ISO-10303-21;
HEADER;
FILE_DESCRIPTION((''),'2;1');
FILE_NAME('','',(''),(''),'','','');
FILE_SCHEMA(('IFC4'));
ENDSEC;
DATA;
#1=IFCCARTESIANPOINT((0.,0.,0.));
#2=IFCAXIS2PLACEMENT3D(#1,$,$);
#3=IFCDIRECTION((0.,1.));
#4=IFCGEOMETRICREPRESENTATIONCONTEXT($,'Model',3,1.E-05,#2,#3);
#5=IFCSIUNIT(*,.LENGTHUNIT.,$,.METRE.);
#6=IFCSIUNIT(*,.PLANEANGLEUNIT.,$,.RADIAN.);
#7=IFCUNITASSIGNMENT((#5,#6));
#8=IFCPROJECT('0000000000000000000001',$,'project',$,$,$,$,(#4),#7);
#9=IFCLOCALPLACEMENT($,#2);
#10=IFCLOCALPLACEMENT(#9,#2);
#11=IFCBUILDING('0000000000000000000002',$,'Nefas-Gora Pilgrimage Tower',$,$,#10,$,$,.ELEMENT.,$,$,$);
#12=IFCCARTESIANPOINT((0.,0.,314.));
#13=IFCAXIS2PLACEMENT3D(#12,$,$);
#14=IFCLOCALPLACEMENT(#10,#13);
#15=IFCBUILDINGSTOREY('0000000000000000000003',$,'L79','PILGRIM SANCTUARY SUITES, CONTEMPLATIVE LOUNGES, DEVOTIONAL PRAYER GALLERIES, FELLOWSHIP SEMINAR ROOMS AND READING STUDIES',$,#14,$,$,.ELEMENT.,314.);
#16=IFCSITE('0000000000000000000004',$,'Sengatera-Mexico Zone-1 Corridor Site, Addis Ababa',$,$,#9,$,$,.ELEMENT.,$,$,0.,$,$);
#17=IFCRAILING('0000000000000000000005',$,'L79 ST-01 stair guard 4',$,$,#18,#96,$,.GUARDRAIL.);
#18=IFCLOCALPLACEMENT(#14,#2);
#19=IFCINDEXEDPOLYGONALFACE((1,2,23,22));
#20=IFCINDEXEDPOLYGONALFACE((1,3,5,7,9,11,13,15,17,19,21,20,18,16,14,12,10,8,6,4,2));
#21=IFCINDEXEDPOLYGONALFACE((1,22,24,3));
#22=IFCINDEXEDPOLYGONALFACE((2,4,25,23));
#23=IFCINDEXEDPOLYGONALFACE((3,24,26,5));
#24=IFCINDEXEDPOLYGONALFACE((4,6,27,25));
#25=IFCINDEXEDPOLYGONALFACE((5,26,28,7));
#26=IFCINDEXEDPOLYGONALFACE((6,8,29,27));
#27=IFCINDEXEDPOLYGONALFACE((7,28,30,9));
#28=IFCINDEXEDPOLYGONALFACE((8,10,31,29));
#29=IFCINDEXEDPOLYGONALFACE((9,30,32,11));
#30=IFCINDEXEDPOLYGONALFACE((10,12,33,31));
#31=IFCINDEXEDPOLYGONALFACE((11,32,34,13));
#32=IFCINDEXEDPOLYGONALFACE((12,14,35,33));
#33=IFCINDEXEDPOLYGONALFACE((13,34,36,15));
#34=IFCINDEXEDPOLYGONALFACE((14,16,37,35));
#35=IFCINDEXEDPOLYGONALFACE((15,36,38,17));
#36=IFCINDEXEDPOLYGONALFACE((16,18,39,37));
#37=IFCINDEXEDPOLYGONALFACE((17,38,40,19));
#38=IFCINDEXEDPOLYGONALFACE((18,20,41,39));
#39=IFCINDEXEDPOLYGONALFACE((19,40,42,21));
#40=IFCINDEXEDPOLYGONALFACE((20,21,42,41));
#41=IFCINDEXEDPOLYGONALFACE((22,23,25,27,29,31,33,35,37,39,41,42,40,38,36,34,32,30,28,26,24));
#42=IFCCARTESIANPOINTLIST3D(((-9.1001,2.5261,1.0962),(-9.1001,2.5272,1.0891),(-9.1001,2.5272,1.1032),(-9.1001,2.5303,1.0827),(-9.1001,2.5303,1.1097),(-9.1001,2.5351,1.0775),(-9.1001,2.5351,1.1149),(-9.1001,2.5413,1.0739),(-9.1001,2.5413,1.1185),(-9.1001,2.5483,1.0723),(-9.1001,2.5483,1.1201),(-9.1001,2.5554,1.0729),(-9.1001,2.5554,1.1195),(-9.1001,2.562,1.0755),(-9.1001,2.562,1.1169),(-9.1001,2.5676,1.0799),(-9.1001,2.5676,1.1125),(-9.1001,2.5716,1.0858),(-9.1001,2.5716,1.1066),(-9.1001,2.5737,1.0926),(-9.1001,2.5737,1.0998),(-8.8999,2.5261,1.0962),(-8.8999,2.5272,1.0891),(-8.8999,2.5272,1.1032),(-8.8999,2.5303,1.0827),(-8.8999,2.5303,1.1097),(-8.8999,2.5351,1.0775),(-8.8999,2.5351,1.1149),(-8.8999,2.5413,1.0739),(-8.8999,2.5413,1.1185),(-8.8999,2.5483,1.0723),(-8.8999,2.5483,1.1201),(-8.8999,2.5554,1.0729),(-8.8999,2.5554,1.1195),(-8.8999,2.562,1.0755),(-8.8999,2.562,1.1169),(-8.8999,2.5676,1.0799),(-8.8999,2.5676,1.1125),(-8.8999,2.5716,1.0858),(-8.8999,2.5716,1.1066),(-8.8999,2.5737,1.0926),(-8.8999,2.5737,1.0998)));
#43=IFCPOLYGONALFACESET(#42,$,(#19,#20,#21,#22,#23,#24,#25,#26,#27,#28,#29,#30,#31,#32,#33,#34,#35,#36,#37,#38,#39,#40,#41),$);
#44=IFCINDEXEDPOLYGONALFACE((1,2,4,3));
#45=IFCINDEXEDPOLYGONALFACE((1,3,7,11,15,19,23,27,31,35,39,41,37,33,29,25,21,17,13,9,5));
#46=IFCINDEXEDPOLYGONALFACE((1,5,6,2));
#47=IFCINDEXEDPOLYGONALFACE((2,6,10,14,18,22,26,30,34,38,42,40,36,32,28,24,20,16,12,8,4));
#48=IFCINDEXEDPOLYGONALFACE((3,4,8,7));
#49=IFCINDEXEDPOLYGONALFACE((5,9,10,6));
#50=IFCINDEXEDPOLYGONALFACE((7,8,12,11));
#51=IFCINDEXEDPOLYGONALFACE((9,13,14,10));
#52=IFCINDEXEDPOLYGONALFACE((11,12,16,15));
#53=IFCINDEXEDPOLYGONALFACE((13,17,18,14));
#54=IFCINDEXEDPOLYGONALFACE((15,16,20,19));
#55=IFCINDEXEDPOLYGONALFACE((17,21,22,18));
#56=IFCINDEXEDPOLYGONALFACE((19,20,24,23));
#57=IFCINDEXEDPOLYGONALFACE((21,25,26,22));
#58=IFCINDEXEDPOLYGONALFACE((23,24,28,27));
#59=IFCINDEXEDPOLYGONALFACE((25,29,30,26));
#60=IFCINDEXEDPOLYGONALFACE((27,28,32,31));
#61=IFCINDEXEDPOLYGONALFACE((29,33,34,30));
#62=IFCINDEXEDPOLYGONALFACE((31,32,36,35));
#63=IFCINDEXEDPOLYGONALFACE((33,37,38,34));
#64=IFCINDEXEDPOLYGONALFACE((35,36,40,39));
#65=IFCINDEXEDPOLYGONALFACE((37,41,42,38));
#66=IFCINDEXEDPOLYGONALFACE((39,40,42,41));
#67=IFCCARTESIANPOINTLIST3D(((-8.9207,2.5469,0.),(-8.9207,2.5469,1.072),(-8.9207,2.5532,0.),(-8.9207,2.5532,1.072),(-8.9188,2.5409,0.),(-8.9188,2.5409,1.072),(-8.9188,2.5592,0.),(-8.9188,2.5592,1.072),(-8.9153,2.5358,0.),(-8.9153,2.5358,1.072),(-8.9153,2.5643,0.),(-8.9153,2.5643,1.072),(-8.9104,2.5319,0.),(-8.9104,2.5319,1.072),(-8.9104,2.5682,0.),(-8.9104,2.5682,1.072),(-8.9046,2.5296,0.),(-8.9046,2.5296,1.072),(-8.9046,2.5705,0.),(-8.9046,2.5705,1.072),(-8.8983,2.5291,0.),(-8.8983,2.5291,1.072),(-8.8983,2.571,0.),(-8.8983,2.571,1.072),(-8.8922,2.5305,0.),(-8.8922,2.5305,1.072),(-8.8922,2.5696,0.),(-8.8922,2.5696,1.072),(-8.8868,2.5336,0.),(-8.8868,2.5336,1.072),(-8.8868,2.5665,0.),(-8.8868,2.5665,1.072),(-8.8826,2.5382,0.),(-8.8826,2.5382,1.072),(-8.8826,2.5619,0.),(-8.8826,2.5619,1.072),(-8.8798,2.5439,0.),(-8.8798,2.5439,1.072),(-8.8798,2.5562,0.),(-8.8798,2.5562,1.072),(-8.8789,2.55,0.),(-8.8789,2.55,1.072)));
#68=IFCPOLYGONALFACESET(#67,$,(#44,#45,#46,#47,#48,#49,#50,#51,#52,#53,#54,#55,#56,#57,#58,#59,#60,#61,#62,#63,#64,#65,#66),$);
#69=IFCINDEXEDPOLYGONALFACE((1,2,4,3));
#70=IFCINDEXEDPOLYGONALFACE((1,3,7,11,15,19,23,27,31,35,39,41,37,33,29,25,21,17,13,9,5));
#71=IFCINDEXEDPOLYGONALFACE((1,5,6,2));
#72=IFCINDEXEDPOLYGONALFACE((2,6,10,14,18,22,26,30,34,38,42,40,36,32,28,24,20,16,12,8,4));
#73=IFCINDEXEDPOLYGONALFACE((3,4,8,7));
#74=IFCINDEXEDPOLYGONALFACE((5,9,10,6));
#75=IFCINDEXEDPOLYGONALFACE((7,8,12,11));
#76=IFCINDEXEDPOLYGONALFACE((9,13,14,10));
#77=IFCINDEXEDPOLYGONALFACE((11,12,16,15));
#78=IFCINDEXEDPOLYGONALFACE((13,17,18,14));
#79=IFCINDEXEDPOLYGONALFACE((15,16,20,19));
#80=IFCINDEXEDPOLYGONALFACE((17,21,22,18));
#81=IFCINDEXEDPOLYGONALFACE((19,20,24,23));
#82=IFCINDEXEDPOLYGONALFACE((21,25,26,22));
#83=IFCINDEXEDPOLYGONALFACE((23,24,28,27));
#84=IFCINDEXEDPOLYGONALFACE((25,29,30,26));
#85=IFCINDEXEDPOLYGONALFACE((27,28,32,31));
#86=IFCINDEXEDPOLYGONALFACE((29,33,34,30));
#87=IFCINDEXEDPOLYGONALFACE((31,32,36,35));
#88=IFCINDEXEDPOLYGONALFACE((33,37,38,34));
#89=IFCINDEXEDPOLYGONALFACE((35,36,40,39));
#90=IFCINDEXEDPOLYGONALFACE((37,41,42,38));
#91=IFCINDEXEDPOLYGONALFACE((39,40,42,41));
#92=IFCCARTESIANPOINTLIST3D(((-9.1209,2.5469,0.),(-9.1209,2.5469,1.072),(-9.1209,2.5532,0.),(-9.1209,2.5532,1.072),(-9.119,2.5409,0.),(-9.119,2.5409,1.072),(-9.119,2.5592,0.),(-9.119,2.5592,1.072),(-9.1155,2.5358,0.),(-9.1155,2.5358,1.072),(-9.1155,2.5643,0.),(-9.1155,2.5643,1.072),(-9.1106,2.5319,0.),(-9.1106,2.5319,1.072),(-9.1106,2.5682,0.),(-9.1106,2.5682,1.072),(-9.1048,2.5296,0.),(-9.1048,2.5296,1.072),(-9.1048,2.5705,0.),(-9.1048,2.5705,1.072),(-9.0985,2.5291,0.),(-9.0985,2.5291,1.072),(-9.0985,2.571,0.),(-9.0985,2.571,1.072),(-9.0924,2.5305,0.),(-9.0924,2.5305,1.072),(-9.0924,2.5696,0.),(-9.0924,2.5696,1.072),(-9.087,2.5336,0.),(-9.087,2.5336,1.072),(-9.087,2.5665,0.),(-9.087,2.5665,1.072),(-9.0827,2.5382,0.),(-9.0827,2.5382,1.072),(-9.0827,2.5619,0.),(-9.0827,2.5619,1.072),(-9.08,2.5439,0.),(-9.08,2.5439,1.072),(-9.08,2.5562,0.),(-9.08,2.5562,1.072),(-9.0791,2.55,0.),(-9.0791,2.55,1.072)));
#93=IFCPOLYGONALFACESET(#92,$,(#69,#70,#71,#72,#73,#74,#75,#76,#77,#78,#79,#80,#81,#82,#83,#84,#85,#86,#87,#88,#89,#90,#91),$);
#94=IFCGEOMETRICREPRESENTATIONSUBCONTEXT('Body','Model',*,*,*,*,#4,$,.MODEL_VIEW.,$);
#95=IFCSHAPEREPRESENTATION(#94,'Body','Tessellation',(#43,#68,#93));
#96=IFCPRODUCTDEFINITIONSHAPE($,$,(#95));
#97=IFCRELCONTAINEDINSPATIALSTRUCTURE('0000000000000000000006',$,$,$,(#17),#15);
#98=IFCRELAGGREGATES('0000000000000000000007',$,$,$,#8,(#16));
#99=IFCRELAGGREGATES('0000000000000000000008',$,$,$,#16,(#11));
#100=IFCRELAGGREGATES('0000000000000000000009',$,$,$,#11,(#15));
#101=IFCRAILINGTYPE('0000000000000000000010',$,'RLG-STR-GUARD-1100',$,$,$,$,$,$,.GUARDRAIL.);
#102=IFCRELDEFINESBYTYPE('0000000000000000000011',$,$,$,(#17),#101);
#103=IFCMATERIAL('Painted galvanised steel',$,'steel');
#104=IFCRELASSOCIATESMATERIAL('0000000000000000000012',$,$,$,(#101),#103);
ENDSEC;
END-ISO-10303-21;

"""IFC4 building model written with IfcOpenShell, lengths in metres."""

from ifc_helpers import new_model, si_unit, direction, frame, origin, origin_2d, place, context, subcontext, project, spatial, circle, extrude, material, type_object, element, save


model = new_model("IFC4")

# Units and contexts
model_context = context("Model", 3, precision=1e-05, world=origin(), true_north=direction((0.0, 1.0)))
body_context = subcontext(model_context, "Body", "Model", "MODEL_VIEW")
ifc_project = project(units=[si_unit("LENGTHUNIT", "METRE"), si_unit("PLANEANGLEUNIT", "RADIAN")], contexts=[model_context])

# Site, building, storey
site_placement = place(None, origin())
site = spatial("IfcSite", under=ifc_project, at=site_placement, Name="Sengatera-Mexico Zone-1 Corridor Site, Addis Ababa", CompositionType="ELEMENT", RefElevation=0.0)
building_placement = place(site_placement, origin())
building = spatial("IfcBuilding", under=site, at=building_placement, Name="Nefas-Gora Pilgrimage Tower", CompositionType="ELEMENT")
storey_placement = place(building_placement, frame((0.0, 0.0, 314.0)))
storey = spatial("IfcBuildingStorey", under=building, at=storey_placement, Name="L79", Description="PILGRIM SANCTUARY SUITES, CONTEMPLATIVE LOUNGES, DEVOTIONAL PRAYER GALLERIES, FELLOWSHIP SEMINAR ROOMS AND READING STUDIES", CompositionType="ELEMENT", Elevation=314.0)

# Railing
ifc_material_1 = material(Name="Painted galvanised steel", Category="steel")
railing_type_1 = type_object("IfcRailingType", Name="RLG-STR-GUARD-1100", PredefinedType="GUARDRAIL", material=ifc_material_1)
railing_1_placement = place(storey_placement, frame((-8.8999, 2.55, 0.0)))
element("IfcRailing", 1, at=railing_1_placement, inside=storey, type_object=railing_type_1, Name="L79 ST-01 stair guard 4", PredefinedType="GUARDRAIL", context=body_context, shape_type="SweptSolid", body=[
    extrude(circle(Radius=0.0239, at=origin_2d()), frame((0.0, 0.0, 1.0962), z_axis=(-1.0, 0.0, 0.0), x_axis=(0.0, -1.0, 0.0)), (0.0, 0.0, 1.0), 0.2002),
    extrude(circle(Radius=0.021, at=origin_2d()), origin(), (0.0, 0.0, 1.0), 1.072),
    extrude(circle(Radius=0.021, at=origin_2d()), frame((-0.2002, 0.0, 0.0)), (0.0, 0.0, 1.0), 1.072),
])

save(model, "model.ifc")
